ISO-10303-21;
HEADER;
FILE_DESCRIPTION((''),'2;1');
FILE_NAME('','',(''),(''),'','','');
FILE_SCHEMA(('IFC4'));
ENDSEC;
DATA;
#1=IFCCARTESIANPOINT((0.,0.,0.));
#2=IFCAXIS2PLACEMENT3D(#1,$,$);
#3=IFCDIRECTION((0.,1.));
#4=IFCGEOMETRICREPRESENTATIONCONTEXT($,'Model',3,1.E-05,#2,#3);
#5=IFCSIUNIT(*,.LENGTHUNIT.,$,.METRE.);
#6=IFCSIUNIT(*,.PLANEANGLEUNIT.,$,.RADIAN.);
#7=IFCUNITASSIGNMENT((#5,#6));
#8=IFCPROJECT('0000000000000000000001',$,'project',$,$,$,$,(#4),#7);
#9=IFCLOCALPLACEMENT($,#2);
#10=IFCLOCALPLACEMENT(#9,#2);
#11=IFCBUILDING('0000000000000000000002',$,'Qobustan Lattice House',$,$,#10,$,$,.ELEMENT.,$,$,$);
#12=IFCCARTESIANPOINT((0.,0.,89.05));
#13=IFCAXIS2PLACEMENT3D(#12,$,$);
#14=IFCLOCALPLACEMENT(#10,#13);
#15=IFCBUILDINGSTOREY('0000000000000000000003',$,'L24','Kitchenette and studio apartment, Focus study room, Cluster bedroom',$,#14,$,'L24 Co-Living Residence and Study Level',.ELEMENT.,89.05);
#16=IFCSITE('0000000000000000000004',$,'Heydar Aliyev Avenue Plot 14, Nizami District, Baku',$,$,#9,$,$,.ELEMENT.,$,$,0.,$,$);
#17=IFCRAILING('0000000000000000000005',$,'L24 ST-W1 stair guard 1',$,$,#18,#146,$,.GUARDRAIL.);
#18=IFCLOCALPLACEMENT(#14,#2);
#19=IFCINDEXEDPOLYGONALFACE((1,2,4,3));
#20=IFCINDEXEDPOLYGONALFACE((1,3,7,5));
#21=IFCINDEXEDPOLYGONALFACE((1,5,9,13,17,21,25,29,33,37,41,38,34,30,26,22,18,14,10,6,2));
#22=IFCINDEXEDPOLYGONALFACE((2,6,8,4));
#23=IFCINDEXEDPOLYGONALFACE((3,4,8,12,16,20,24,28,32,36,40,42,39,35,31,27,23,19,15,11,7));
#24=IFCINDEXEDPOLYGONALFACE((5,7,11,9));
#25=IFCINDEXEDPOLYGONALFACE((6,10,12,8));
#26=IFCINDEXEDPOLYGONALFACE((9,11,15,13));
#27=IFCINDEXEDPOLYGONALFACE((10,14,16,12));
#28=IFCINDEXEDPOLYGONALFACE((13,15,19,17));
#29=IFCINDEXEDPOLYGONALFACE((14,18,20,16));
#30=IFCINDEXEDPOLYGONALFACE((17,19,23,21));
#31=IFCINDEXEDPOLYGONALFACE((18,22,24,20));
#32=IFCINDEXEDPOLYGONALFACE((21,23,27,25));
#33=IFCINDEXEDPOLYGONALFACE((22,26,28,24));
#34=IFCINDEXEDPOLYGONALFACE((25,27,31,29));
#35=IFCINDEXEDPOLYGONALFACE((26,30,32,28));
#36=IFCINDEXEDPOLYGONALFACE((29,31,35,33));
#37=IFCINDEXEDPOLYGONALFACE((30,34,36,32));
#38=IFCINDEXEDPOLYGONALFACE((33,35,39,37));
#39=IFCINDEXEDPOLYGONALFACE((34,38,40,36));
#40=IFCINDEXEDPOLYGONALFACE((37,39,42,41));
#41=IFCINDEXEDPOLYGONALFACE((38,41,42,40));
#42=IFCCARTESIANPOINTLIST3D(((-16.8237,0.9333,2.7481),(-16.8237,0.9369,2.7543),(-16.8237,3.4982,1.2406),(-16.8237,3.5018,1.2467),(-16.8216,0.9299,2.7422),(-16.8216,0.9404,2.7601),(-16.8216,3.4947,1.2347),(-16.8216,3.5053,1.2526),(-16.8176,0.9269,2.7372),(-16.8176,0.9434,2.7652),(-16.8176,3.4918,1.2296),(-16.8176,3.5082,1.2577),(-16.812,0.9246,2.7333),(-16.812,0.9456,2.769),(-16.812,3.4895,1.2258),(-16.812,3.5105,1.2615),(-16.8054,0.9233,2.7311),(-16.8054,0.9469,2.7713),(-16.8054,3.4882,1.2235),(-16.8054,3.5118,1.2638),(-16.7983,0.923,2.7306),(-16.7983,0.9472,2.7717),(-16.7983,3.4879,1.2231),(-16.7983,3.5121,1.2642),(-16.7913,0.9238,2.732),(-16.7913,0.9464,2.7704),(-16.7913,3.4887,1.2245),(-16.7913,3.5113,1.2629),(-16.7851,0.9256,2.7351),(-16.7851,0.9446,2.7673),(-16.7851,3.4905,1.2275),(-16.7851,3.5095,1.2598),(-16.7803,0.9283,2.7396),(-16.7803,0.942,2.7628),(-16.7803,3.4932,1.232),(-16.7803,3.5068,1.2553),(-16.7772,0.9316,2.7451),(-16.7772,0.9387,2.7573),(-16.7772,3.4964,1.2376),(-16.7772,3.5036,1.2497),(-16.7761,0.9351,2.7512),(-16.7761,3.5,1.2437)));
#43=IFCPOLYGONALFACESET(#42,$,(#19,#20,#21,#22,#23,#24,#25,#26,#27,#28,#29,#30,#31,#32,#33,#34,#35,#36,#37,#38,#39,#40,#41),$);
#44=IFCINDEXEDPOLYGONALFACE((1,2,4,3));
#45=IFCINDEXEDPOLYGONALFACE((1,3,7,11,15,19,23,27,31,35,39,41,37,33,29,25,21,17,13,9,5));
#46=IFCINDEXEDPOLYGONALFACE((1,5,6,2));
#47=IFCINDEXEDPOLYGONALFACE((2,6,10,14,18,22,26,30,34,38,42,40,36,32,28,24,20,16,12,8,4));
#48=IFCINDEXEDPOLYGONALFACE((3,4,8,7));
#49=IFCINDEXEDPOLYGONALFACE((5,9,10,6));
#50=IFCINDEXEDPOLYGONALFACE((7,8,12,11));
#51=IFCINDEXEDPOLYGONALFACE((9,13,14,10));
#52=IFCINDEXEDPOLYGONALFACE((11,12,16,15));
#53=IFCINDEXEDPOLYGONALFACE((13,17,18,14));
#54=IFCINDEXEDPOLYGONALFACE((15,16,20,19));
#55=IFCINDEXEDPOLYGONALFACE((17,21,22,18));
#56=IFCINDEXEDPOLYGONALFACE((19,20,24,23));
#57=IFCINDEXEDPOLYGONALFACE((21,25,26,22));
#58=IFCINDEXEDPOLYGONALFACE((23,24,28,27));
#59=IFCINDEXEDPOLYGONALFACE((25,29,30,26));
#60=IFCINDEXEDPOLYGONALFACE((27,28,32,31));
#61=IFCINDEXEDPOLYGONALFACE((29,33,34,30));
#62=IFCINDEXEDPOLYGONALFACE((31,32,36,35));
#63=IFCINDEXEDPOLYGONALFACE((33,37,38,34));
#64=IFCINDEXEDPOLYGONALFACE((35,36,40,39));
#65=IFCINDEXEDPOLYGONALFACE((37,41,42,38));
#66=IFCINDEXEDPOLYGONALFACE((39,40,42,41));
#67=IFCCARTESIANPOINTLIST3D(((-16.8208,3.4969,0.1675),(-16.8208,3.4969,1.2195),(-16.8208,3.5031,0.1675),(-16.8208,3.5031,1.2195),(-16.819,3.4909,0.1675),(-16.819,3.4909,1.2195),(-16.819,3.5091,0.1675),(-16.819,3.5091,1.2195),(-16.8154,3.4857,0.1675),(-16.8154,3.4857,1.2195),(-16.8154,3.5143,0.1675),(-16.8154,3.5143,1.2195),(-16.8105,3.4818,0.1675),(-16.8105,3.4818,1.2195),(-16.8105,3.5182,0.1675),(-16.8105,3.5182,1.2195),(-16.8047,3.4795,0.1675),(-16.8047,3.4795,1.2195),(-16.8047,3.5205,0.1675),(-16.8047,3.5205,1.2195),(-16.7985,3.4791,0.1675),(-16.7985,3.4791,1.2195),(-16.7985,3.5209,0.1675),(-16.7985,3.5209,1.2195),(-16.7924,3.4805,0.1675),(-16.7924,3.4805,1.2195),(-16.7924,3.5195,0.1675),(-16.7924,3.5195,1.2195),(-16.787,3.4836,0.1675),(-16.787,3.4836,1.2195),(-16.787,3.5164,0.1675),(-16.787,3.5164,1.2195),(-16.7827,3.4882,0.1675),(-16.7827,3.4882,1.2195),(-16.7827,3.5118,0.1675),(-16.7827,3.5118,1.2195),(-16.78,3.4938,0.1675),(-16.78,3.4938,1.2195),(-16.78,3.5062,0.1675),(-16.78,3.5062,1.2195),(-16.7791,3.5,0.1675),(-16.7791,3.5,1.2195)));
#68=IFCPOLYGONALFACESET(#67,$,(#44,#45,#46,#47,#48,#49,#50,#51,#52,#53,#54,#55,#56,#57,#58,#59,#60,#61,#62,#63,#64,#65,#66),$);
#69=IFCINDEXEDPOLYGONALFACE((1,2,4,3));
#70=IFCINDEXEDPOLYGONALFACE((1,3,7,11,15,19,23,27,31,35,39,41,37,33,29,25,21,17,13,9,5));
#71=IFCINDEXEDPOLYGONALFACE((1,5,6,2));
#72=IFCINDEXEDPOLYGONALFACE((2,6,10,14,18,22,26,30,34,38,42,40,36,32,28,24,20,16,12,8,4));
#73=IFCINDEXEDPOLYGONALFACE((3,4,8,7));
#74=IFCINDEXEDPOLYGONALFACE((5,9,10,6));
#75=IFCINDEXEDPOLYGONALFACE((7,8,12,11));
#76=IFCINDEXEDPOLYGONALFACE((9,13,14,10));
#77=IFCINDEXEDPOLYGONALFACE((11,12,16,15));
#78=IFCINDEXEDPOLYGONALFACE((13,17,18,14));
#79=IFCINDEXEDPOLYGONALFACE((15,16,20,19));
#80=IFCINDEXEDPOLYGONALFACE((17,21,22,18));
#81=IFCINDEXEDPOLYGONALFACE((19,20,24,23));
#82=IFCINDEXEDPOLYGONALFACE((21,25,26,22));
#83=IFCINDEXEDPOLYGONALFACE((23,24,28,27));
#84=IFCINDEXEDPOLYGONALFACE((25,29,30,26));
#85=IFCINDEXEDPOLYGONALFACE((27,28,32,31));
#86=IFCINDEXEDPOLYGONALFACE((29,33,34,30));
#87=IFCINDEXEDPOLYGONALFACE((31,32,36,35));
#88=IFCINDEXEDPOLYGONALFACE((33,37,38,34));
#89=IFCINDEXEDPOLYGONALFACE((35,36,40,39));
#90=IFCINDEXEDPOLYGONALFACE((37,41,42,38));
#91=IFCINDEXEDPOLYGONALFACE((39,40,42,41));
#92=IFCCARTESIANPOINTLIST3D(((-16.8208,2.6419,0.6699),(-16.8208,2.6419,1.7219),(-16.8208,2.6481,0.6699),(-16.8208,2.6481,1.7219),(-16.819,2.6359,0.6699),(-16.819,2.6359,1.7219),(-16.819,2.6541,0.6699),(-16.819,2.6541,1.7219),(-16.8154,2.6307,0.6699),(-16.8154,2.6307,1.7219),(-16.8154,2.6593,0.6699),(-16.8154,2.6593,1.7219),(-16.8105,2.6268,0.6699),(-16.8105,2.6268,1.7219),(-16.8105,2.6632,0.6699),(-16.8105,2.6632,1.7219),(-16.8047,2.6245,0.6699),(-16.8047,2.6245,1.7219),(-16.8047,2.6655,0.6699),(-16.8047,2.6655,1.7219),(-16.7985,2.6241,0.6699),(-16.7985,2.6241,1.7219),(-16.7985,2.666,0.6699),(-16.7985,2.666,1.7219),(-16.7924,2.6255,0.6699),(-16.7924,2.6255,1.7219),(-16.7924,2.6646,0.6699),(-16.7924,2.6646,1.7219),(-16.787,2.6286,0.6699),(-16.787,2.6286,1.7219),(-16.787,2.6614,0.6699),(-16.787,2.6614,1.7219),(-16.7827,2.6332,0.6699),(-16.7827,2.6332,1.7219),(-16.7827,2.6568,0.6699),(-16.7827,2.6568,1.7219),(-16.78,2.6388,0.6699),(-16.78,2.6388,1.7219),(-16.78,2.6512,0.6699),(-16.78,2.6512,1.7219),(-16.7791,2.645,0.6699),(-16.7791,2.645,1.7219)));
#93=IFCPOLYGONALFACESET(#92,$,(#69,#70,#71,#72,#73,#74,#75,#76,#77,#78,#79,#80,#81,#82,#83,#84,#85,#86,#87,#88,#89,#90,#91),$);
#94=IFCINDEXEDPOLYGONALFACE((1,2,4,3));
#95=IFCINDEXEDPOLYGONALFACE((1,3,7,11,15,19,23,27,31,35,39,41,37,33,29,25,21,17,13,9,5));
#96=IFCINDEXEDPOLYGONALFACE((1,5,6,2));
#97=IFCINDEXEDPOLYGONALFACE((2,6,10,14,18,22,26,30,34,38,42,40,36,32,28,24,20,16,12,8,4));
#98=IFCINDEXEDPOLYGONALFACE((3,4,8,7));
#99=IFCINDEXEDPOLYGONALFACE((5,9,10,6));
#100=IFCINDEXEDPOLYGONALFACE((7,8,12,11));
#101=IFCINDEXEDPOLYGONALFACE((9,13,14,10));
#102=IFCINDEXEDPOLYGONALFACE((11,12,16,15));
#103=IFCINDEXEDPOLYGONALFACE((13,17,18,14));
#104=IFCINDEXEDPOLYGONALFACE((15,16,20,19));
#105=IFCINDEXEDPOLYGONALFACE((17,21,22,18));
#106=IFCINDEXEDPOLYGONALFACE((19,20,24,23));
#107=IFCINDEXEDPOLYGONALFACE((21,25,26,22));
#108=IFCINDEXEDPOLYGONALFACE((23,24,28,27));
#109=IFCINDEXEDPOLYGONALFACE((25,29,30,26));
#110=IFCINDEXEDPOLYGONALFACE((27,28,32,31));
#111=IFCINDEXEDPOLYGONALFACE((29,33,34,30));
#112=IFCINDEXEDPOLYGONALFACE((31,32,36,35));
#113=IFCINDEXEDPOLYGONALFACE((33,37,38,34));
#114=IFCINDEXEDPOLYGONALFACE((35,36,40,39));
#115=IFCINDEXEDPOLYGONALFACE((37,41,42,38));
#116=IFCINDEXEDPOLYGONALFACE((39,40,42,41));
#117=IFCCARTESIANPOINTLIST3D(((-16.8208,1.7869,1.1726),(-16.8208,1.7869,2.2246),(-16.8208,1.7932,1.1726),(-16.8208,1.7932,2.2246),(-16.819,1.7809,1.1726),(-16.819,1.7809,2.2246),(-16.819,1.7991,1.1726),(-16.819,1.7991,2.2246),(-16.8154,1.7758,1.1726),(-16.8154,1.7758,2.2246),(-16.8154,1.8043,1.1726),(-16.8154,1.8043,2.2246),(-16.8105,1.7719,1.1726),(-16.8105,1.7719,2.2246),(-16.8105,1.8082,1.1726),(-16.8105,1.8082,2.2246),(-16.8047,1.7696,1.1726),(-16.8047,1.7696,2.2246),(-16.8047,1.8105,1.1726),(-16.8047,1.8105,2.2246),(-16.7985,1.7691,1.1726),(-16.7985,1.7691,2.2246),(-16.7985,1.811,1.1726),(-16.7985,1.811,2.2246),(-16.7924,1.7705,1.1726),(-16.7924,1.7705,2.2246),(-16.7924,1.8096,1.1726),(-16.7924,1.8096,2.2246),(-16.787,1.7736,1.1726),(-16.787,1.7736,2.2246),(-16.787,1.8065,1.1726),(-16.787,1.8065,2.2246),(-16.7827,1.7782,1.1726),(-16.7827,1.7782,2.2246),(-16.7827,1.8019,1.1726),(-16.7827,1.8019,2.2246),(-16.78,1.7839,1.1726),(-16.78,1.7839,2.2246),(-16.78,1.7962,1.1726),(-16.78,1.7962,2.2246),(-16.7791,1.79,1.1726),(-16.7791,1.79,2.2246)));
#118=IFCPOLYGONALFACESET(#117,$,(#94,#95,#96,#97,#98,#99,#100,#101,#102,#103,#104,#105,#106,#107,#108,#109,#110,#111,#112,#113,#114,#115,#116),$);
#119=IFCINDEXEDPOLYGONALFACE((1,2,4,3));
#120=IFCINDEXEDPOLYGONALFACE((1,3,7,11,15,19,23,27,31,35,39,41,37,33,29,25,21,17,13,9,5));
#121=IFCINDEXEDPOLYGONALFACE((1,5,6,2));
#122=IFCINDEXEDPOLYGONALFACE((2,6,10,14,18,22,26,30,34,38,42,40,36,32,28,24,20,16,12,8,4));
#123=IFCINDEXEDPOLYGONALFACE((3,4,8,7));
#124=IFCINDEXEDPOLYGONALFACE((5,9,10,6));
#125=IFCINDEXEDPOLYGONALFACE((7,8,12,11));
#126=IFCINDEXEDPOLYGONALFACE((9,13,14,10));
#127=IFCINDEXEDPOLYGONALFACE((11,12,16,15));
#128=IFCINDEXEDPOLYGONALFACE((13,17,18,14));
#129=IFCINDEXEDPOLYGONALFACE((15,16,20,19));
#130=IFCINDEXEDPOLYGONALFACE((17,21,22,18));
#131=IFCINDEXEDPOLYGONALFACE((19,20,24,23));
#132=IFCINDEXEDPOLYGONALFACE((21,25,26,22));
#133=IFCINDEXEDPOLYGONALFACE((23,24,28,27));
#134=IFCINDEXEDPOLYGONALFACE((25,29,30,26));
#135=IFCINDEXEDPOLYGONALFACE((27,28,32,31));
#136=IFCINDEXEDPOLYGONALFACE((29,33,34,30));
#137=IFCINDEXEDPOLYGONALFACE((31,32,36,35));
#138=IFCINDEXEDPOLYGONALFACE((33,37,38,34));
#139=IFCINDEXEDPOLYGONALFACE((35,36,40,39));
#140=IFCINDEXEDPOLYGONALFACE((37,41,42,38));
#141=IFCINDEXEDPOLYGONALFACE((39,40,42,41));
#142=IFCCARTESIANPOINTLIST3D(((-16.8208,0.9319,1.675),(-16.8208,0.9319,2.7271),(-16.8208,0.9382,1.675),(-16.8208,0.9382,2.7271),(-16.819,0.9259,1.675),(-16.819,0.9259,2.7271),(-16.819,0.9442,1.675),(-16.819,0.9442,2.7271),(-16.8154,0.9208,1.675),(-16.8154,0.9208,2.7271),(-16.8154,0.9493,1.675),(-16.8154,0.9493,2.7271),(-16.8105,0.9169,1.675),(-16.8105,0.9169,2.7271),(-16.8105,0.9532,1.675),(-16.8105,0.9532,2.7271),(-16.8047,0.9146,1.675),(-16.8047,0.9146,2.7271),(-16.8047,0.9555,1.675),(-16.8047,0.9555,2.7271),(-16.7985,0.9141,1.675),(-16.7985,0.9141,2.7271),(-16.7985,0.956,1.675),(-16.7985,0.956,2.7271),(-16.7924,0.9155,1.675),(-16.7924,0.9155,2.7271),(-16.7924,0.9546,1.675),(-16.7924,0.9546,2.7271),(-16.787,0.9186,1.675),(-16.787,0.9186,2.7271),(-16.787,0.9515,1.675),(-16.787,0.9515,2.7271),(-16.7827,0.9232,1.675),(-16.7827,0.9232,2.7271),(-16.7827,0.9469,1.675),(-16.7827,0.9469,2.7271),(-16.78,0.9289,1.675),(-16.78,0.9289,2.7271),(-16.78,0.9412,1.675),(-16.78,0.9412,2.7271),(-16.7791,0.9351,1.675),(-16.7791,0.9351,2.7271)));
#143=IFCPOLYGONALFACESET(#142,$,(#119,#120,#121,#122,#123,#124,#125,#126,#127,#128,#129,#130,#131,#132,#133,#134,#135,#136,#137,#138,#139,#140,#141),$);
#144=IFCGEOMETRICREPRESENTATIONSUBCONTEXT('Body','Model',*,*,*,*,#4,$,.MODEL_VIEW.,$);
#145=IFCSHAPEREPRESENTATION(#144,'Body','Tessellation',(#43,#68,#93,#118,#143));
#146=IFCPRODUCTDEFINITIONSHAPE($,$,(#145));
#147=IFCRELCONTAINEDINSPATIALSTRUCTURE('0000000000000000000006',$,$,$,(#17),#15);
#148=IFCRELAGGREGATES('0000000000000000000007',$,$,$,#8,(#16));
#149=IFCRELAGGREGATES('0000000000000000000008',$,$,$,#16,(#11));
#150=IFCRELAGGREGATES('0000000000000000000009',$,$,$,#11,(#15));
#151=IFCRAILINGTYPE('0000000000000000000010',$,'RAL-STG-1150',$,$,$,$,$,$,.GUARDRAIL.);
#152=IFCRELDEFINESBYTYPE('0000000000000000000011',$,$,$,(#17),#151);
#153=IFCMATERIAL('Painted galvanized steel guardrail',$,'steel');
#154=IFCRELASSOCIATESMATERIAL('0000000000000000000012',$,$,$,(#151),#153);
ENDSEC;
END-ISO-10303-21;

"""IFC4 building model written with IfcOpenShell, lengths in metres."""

from ifc_helpers import new_model, si_unit, direction, frame, origin, origin_2d, place, context, subcontext, project, spatial, circle, extrude, material, type_object, element, save


model = new_model("IFC4")

# Units and contexts
model_context = context("Model", 3, precision=1e-05, world=origin(), true_north=direction((0.0, 1.0)))
body_context = subcontext(model_context, "Body", "Model", "MODEL_VIEW")
ifc_project = project(units=[si_unit("LENGTHUNIT", "METRE"), si_unit("PLANEANGLEUNIT", "RADIAN")], contexts=[model_context])

# Site, building, storey
site_placement = place(None, origin())
site = spatial("IfcSite", under=ifc_project, at=site_placement, Name="Heydar Aliyev Avenue Plot 14, Nizami District, Baku", CompositionType="ELEMENT", RefElevation=0.0)
building_placement = place(site_placement, origin())
building = spatial("IfcBuilding", under=site, at=building_placement, Name="Qobustan Lattice House", CompositionType="ELEMENT")
storey_placement = place(building_placement, frame((0.0, 0.0, 89.05)))
storey = spatial("IfcBuildingStorey", under=building, at=storey_placement, Name="L24", Description="Kitchenette and studio apartment, Focus study room, Cluster bedroom", LongName="L24 Co-Living Residence and Study Level", CompositionType="ELEMENT", Elevation=89.05)

# Railing
ifc_material_1 = material(Name="Painted galvanized steel guardrail", Category="steel")
railing_type_1 = type_object("IfcRailingType", Name="RAL-STG-1150", PredefinedType="GUARDRAIL", material=ifc_material_1)
railing_1_placement = place(storey_placement, frame((-16.8, 3.5, 0.1675)))
element("IfcRailing", 1, at=railing_1_placement, inside=storey, type_object=railing_type_1, Name="L24 ST-W1 stair guard 1", PredefinedType="GUARDRAIL", context=body_context, shape_type="SweptSolid", body=[
    extrude(circle(Radius=0.0239, at=origin_2d()), frame((0.0, 0.0, 1.0762), z_axis=(0.0, -0.862113, 0.506715), x_axis=(1.0, 0.0, 0.0)), (0.0, 0.0, 1.0), 2.9751),
    extrude(circle(Radius=0.021, at=origin_2d()), origin(), (0.0, 0.0, 1.0), 1.052),
    extrude(circle(Radius=0.021, at=origin_2d()), frame((0.0, -0.855, 0.5024)), (0.0, 0.0, 1.0), 1.052),
    extrude(circle(Radius=0.021, at=origin_2d()), frame((0.0, -1.71, 1.0051)), (0.0, 0.0, 1.0), 1.052),
    extrude(circle(Radius=0.021, at=origin_2d()), frame((0.0, -2.5649, 1.5076)), (0.0, 0.0, 1.0), 1.052),
])

save(model, "model.ifc")
